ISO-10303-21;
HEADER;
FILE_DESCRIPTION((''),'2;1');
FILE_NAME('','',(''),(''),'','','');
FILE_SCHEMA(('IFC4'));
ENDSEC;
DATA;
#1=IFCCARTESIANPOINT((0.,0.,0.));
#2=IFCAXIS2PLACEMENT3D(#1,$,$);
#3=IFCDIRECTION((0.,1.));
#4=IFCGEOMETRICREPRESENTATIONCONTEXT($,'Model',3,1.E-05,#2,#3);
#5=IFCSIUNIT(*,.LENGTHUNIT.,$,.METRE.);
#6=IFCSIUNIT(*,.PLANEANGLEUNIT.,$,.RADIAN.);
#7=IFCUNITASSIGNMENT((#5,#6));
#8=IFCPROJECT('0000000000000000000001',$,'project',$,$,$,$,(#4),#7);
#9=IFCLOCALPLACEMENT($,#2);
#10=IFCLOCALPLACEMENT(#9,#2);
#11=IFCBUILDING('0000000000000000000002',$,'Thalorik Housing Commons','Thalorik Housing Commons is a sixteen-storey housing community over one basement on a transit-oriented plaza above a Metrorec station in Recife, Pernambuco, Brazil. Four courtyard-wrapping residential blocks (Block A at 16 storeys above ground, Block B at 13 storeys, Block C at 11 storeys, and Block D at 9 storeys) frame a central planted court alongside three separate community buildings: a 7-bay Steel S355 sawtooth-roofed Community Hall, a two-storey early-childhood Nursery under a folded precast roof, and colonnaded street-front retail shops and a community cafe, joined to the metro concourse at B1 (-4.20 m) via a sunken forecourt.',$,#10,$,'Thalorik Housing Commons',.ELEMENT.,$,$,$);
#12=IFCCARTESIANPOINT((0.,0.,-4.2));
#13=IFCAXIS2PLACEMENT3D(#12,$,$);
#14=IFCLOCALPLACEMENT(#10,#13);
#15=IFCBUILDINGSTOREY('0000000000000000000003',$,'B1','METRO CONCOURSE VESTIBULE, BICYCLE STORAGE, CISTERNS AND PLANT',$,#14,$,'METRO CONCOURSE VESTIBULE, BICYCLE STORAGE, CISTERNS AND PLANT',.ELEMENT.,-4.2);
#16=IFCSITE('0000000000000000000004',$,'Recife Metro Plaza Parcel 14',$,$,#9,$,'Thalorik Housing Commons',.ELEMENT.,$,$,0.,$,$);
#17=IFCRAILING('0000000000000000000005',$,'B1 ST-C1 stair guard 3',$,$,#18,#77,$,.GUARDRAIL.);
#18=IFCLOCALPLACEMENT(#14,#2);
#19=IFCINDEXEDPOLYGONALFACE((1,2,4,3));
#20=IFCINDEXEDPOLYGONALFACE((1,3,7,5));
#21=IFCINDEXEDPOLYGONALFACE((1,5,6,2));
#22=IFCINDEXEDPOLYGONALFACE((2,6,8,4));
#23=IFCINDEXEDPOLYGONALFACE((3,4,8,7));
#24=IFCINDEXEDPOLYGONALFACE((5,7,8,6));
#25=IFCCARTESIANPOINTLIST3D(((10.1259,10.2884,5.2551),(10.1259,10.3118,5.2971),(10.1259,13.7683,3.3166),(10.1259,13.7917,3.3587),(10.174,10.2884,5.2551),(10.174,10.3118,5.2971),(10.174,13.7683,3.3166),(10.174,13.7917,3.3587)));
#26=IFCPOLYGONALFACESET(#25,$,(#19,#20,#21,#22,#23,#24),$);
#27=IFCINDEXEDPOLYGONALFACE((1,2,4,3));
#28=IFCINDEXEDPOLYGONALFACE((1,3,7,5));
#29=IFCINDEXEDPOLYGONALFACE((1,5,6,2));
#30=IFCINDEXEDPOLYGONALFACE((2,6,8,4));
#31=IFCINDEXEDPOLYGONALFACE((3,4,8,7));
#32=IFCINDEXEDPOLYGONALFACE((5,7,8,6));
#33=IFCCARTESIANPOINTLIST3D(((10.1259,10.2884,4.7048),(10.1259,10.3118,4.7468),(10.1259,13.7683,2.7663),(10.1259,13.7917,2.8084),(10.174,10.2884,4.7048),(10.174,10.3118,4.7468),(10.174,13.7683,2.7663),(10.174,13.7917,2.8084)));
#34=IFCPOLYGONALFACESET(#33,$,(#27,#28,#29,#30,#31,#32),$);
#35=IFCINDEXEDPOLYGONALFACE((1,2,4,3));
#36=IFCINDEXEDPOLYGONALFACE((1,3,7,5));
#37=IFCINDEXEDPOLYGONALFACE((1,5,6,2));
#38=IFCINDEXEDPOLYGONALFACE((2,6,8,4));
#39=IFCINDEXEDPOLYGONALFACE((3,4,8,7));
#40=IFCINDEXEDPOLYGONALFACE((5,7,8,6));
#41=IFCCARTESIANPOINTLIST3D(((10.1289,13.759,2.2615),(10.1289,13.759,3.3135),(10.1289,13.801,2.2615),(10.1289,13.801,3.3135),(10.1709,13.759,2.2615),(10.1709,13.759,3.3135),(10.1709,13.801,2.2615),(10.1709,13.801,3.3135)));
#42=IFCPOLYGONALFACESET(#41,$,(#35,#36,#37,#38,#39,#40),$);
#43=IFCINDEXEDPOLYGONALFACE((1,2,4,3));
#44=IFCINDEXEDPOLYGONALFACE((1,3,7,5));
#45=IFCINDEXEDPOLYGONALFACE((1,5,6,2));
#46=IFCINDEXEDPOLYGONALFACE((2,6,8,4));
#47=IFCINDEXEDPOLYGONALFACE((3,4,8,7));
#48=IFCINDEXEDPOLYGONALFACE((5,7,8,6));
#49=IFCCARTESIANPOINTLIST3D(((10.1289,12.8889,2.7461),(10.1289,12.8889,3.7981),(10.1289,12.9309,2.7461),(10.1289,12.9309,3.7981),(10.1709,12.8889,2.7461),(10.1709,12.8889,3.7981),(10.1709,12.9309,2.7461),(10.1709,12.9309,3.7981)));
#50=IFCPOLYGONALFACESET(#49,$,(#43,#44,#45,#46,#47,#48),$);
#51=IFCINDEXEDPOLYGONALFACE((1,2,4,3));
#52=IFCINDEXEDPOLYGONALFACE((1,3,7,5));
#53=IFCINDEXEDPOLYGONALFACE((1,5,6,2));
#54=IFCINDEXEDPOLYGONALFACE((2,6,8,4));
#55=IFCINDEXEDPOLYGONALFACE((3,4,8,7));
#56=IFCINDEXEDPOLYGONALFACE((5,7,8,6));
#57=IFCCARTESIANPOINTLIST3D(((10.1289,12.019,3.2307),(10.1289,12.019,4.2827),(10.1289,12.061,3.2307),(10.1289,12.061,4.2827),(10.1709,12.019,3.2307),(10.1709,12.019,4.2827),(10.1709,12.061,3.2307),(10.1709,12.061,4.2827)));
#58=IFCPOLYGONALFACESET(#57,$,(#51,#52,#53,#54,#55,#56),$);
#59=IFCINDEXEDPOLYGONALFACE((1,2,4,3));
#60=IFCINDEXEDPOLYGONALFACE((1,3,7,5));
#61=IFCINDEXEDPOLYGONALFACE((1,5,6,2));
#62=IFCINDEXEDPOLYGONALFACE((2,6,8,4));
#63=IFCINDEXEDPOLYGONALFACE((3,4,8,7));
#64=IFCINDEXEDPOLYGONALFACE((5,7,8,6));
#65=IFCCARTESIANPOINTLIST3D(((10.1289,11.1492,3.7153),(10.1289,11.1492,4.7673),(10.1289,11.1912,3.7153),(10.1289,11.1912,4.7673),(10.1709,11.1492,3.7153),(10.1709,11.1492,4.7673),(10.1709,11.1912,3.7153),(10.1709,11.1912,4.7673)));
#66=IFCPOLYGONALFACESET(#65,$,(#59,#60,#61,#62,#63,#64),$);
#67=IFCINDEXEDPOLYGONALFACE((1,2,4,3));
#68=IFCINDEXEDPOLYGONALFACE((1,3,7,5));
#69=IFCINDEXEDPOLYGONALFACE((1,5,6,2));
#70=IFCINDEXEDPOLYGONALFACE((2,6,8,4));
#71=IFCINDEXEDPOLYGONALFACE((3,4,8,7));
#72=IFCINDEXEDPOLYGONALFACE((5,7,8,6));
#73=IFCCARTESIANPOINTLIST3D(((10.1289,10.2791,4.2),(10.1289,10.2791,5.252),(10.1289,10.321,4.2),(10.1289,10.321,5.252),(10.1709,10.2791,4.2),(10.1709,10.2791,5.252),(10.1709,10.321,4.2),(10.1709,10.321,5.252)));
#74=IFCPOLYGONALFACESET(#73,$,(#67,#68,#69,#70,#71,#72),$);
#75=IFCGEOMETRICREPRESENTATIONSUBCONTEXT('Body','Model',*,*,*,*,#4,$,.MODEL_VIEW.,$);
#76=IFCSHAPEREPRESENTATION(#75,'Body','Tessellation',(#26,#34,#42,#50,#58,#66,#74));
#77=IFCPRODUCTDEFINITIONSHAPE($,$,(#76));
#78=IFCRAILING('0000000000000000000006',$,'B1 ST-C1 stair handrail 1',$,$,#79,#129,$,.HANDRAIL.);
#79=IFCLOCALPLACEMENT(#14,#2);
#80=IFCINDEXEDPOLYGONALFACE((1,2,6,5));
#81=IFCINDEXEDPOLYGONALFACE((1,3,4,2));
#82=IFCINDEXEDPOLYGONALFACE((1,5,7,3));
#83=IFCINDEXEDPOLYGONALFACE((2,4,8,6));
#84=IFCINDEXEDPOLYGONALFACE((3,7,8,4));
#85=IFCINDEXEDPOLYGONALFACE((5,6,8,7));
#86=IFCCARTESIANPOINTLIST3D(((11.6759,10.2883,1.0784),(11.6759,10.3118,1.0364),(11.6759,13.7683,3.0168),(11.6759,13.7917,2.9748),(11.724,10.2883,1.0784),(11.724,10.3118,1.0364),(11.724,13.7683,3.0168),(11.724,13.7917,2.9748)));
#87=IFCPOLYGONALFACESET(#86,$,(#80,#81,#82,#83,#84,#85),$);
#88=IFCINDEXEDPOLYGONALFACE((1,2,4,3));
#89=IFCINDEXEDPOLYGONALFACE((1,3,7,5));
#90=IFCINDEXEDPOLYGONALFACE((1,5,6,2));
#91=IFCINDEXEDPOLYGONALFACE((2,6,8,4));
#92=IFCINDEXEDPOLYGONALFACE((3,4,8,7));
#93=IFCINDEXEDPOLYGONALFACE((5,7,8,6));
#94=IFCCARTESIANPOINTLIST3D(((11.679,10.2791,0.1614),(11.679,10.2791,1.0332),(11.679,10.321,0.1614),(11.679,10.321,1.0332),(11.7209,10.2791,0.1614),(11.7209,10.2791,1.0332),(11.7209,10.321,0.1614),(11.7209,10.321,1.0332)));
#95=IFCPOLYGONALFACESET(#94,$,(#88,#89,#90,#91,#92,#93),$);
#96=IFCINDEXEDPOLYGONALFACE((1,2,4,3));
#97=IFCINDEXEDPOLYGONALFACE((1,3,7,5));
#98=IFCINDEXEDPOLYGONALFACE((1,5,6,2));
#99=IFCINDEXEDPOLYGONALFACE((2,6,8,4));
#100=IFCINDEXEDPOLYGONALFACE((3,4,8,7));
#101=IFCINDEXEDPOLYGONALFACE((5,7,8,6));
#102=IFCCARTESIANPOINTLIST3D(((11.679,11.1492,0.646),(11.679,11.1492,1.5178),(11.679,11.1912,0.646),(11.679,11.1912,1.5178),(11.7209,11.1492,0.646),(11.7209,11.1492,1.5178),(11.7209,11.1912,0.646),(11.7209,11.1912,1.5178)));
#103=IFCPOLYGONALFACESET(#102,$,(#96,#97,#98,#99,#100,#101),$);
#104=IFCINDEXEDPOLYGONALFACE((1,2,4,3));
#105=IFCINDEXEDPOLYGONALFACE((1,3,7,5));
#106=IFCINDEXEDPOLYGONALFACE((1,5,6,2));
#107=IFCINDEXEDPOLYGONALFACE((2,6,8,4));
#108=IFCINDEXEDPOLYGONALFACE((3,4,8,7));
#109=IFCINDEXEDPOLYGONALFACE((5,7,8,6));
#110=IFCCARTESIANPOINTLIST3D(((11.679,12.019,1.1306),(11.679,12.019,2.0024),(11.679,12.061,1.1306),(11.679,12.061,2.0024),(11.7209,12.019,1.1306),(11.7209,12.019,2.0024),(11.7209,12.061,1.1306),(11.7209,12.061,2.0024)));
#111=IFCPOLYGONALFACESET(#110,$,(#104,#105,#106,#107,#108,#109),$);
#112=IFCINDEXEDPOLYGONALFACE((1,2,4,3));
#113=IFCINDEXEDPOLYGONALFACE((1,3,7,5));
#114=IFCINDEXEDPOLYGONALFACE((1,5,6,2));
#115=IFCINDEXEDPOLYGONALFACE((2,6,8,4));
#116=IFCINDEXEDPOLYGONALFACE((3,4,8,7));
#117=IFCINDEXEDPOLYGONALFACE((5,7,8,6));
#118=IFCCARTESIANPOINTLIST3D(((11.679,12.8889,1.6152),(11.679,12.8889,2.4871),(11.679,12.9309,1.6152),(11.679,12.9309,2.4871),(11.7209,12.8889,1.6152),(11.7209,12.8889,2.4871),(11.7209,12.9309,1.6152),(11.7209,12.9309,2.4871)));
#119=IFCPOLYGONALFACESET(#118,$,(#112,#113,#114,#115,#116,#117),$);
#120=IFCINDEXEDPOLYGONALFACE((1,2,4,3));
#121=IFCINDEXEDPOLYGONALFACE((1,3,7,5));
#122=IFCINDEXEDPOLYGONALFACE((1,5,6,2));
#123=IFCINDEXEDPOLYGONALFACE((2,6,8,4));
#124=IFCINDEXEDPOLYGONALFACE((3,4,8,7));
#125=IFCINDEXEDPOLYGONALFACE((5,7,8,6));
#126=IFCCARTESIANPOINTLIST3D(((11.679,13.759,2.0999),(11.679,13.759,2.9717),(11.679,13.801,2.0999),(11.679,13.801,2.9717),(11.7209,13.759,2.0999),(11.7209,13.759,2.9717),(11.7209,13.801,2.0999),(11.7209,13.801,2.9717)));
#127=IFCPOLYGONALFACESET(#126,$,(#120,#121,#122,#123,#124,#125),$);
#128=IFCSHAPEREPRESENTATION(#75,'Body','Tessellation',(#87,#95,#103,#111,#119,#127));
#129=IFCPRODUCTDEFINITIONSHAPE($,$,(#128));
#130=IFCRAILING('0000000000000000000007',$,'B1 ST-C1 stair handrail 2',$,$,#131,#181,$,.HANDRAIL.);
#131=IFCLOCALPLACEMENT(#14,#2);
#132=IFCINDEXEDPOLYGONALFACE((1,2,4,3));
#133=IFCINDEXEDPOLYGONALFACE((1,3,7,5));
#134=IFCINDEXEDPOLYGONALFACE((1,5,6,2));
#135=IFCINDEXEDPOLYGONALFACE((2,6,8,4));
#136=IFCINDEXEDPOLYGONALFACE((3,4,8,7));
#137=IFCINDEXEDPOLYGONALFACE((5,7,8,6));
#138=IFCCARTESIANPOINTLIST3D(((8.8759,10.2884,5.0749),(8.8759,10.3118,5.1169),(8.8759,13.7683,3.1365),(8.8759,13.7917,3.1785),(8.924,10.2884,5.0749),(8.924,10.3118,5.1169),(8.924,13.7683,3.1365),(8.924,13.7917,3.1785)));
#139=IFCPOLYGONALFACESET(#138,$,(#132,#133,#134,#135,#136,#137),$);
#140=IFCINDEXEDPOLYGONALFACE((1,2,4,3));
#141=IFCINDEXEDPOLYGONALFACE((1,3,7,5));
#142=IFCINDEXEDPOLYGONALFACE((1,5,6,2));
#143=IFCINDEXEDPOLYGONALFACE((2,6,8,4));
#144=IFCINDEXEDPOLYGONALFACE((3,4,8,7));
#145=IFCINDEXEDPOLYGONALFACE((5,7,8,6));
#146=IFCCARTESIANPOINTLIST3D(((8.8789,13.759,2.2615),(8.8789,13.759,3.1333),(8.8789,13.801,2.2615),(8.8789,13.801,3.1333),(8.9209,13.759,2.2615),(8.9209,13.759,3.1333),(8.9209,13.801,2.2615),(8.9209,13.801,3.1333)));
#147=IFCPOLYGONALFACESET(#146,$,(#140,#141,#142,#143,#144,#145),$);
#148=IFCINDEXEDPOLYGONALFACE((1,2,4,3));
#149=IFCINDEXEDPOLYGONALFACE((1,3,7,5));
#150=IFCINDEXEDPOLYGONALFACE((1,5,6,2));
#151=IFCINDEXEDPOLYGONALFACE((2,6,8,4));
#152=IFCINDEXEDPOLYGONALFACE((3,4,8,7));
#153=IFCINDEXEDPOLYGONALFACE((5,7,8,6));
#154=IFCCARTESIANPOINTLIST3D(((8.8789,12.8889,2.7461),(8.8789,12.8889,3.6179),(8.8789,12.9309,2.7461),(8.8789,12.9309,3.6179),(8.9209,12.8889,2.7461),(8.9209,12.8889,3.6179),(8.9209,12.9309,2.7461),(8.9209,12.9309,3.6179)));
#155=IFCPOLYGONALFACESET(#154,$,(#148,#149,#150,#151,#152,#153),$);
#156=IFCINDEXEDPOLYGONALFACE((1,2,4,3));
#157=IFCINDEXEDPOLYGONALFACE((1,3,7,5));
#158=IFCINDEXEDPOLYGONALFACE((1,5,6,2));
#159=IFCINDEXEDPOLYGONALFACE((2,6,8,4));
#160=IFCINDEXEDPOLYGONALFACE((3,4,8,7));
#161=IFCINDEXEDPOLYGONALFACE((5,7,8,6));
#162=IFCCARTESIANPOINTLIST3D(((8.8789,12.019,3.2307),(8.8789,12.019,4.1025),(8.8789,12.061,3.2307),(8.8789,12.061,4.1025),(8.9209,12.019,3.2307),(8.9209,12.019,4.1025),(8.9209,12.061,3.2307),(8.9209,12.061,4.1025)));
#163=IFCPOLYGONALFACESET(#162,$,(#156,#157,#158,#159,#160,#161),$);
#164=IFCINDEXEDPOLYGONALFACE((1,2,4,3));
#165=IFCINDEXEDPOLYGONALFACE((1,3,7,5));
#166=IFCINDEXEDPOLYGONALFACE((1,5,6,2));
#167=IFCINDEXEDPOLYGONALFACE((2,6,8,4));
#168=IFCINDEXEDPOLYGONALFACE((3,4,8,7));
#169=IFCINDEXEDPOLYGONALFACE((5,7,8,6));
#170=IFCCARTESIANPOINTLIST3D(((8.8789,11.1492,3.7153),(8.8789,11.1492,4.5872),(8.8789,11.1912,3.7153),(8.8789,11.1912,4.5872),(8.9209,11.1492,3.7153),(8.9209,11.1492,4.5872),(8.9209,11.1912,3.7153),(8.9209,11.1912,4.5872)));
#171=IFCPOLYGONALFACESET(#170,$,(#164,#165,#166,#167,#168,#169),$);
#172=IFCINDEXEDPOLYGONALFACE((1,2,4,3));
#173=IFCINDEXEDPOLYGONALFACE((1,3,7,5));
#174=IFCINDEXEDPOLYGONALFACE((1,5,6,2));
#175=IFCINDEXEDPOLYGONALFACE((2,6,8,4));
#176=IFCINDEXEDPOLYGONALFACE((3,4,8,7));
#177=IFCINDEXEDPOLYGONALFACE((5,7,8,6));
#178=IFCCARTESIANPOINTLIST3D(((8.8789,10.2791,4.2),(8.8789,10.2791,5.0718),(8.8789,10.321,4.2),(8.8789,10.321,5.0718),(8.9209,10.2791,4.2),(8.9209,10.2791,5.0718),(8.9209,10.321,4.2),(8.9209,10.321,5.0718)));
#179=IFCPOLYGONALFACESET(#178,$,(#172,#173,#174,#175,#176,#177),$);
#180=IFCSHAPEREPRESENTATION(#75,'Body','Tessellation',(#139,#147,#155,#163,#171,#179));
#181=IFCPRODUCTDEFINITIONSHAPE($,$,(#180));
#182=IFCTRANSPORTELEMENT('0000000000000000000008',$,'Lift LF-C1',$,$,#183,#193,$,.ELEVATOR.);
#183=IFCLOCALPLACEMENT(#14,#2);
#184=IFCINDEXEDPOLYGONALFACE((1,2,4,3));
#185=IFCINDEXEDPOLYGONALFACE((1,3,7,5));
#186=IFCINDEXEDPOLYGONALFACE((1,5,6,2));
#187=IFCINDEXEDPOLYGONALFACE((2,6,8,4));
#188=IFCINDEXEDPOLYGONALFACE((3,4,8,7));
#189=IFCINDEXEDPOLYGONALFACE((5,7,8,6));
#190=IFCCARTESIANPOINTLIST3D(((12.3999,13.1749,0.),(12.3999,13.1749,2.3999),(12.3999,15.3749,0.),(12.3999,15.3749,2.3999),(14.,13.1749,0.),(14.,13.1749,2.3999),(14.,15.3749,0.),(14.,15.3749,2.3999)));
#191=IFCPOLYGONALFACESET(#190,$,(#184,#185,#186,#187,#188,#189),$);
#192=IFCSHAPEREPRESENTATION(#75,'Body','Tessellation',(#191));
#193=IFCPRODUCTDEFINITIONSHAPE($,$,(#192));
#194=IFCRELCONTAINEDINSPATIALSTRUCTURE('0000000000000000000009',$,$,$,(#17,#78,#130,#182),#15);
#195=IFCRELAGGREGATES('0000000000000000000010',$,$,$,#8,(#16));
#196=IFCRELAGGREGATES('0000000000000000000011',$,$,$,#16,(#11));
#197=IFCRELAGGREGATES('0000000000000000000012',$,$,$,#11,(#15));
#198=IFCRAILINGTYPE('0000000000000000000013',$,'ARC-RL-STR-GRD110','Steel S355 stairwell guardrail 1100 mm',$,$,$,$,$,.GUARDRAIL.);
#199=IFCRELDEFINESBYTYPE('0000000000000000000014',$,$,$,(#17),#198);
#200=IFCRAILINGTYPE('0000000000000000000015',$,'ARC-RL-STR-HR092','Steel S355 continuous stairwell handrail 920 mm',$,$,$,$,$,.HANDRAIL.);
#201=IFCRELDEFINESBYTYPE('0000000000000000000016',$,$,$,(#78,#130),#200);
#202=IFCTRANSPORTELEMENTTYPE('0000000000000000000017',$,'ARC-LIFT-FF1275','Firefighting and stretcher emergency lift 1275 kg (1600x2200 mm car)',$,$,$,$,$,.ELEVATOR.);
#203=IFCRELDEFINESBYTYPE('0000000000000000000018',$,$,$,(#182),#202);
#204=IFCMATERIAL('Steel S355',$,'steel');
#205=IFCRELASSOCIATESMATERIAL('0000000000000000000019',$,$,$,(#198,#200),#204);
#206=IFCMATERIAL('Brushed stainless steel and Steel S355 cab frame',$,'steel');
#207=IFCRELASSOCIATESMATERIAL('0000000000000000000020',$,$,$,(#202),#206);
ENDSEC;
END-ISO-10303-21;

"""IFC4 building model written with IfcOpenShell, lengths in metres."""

from ifc_helpers import new_model, si_unit, direction, frame, origin, origin_2d, place, context, subcontext, project, spatial, rectangle, extrude, material, type_object, element, save


model = new_model("IFC4")

# Units and contexts
model_context = context("Model", 3, precision=1e-05, world=origin(), true_north=direction((0.0, 1.0)))
body_context = subcontext(model_context, "Body", "Model", "MODEL_VIEW")
ifc_project = project(units=[si_unit("LENGTHUNIT", "METRE"), si_unit("PLANEANGLEUNIT", "RADIAN")], contexts=[model_context])

# Site, building, storey
site_placement = place(None, origin())
site = spatial("IfcSite", under=ifc_project, at=site_placement, Name="Recife Metro Plaza Parcel 14", LongName="Thalorik Housing Commons", CompositionType="ELEMENT", RefElevation=0.0)
building_placement = place(site_placement, origin())
building = spatial("IfcBuilding", under=site, at=building_placement, Name="Thalorik Housing Commons", Description="Thalorik Housing Commons is a sixteen-storey housing community over one basement on a transit-oriented plaza above a Metrorec station in Recife, Pernambuco, Brazil. Four courtyard-wrapping residential blocks (Block A at 16 storeys above ground, Block B at 13 storeys, Block C at 11 storeys, and Block D at 9 storeys) frame a central planted court alongside three separate community buildings: a 7-bay Steel S355 sawtooth-roofed Community Hall, a two-storey early-childhood Nursery under a folded precast roof, and colonnaded street-front retail shops and a community cafe, joined to the metro concourse at B1 (-4.20 m) via a sunken forecourt.", LongName="Thalorik Housing Commons", CompositionType="ELEMENT")
storey_placement = place(building_placement, frame((0.0, 0.0, -4.2)))
storey = spatial("IfcBuildingStorey", under=building, at=storey_placement, Name="B1", Description="METRO CONCOURSE VESTIBULE, BICYCLE STORAGE, CISTERNS AND PLANT", LongName="METRO CONCOURSE VESTIBULE, BICYCLE STORAGE, CISTERNS AND PLANT", CompositionType="ELEMENT", Elevation=-4.2)

# Shared definitions
ifc_material_1 = material(Name="Steel S355", Category="steel")

# Railings
railing_type_1 = type_object("IfcRailingType", Name="ARC-RL-STR-GRD110", Description="Steel S355 stairwell guardrail 1100 mm", PredefinedType="GUARDRAIL", material=ifc_material_1)
railing_1_placement = place(storey_placement, frame((10.1499, 13.78, 2.2615)))
element("IfcRailing", 1, at=railing_1_placement, inside=storey, type_object=railing_type_1, Name="B1 ST-C1 stair guard 3", PredefinedType="GUARDRAIL", context=body_context, shape_type="SweptSolid", body=[
    extrude(rectangle(XDim=0.0481, YDim=0.0481, at=origin_2d()), frame((0.0, 0.0, 1.0762), z_axis=(0.0, -0.873607, 0.486631), x_axis=(1.0, 0.0, 0.0)), (0.0, 0.0, 1.0), 3.9834),
    extrude(rectangle(XDim=0.0481, YDim=0.0481, at=origin_2d()), frame((0.0, 0.0, 0.5259), z_axis=(0.0, -0.873607, 0.486631), x_axis=(1.0, 0.0, 0.0)), (0.0, 0.0, 1.0), 3.9834),
    extrude(rectangle(XDim=0.042, YDim=0.042, at=origin_2d()), origin(), (0.0, 0.0, 1.0), 1.052),
    extrude(rectangle(XDim=0.042, YDim=0.042, at=origin_2d()), frame((0.0, -0.8701, 0.4846)), (0.0, 0.0, 1.0), 1.052),
    extrude(rectangle(XDim=0.042, YDim=0.042, at=origin_2d()), frame((0.0, -1.74, 0.9692)), (0.0, 0.0, 1.0), 1.052),
    extrude(rectangle(XDim=0.042, YDim=0.042, at=origin_2d()), frame((0.0, -2.6099, 1.4539)), (0.0, 0.0, 1.0), 1.052),
    extrude(rectangle(XDim=0.042, YDim=0.042, at=origin_2d()), frame((0.0, -3.48, 1.9385)), (0.0, 0.0, 1.0), 1.052),
])
railing_type_2 = type_object("IfcRailingType", Name="ARC-RL-STR-HR092", Description="Steel S355 continuous stairwell handrail 920 mm", PredefinedType="HANDRAIL", material=ifc_material_1)
railing_2_placement = place(storey_placement, frame((11.7, 10.3, 0.1614)))
element("IfcRailing", 2, at=railing_2_placement, inside=storey, type_object=railing_type_2, Name="B1 ST-C1 stair handrail 1", PredefinedType="HANDRAIL", context=body_context, shape_type="SweptSolid", body=[
    extrude(rectangle(XDim=0.0481, YDim=0.0481, at=origin_2d()), frame((0.0, 0.0, 0.896), z_axis=(0.0, 0.873607, 0.486631), x_axis=(-1.0, 0.0, 0.0)), (0.0, 0.0, 1.0), 3.9834),
    extrude(rectangle(XDim=0.042, YDim=0.042, at=origin_2d()), origin(), (0.0, 0.0, 1.0), 0.8718),
    extrude(rectangle(XDim=0.042, YDim=0.042, at=origin_2d()), frame((0.0, 0.8701, 0.4846)), (0.0, 0.0, 1.0), 0.8718),
    extrude(rectangle(XDim=0.042, YDim=0.042, at=origin_2d()), frame((0.0, 1.74, 0.9692)), (0.0, 0.0, 1.0), 0.8718),
    extrude(rectangle(XDim=0.042, YDim=0.042, at=origin_2d()), frame((0.0, 2.6099, 1.4539)), (0.0, 0.0, 1.0), 0.8718),
    extrude(rectangle(XDim=0.042, YDim=0.042, at=origin_2d()), frame((0.0, 3.48, 1.9385)), (0.0, 0.0, 1.0), 0.8718),
])
railing_3_placement = place(storey_placement, frame((8.8999, 13.78, 2.2615)))
element("IfcRailing", 3, at=railing_3_placement, inside=storey, type_object=railing_type_2, Name="B1 ST-C1 stair handrail 2", PredefinedType="HANDRAIL", context=body_context, shape_type="SweptSolid", body=[
    extrude(rectangle(XDim=0.0481, YDim=0.0481, at=origin_2d()), frame((0.0, 0.0, 0.896), z_axis=(0.0, -0.873607, 0.486631), x_axis=(1.0, 0.0, 0.0)), (0.0, 0.0, 1.0), 3.9834),
    extrude(rectangle(XDim=0.042, YDim=0.042, at=origin_2d()), origin(), (0.0, 0.0, 1.0), 0.8718),
    extrude(rectangle(XDim=0.042, YDim=0.042, at=origin_2d()), frame((0.0, -0.8701, 0.4846)), (0.0, 0.0, 1.0), 0.8718),
    extrude(rectangle(XDim=0.042, YDim=0.042, at=origin_2d()), frame((0.0, -1.74, 0.9692)), (0.0, 0.0, 1.0), 0.8718),
    extrude(rectangle(XDim=0.042, YDim=0.042, at=origin_2d()), frame((0.0, -2.6099, 1.4539)), (0.0, 0.0, 1.0), 0.8718),
    extrude(rectangle(XDim=0.042, YDim=0.042, at=origin_2d()), frame((0.0, -3.48, 1.9385)), (0.0, 0.0, 1.0), 0.8718),
])

# Transport element
ifc_material_2 = material(Name="Brushed stainless steel and Steel S355 cab frame", Category="steel")
transport_element_type = type_object("IfcTransportElementType", Name="ARC-LIFT-FF1275", Description="Firefighting and stretcher emergency lift 1275 kg (1600x2200 mm car)", PredefinedType="ELEVATOR", material=ifc_material_2)
transport_element_placement = place(storey_placement, frame((13.2, 14.2749, 0.0), z_axis=(0.0, 0.0, 1.0), x_axis=(1.0, 0.0, 0.0)))
element("IfcTransportElement", 4, at=transport_element_placement, inside=storey, type_object=transport_element_type, Name="Lift LF-C1", PredefinedType="ELEVATOR", context=body_context, shape_type="SweptSolid", body=[
    extrude(rectangle(XDim=1.6001, YDim=2.2, at=origin_2d()), origin(), (0.0, 0.0, 1.0), 2.3999),
])

save(model, "model.ifc")
